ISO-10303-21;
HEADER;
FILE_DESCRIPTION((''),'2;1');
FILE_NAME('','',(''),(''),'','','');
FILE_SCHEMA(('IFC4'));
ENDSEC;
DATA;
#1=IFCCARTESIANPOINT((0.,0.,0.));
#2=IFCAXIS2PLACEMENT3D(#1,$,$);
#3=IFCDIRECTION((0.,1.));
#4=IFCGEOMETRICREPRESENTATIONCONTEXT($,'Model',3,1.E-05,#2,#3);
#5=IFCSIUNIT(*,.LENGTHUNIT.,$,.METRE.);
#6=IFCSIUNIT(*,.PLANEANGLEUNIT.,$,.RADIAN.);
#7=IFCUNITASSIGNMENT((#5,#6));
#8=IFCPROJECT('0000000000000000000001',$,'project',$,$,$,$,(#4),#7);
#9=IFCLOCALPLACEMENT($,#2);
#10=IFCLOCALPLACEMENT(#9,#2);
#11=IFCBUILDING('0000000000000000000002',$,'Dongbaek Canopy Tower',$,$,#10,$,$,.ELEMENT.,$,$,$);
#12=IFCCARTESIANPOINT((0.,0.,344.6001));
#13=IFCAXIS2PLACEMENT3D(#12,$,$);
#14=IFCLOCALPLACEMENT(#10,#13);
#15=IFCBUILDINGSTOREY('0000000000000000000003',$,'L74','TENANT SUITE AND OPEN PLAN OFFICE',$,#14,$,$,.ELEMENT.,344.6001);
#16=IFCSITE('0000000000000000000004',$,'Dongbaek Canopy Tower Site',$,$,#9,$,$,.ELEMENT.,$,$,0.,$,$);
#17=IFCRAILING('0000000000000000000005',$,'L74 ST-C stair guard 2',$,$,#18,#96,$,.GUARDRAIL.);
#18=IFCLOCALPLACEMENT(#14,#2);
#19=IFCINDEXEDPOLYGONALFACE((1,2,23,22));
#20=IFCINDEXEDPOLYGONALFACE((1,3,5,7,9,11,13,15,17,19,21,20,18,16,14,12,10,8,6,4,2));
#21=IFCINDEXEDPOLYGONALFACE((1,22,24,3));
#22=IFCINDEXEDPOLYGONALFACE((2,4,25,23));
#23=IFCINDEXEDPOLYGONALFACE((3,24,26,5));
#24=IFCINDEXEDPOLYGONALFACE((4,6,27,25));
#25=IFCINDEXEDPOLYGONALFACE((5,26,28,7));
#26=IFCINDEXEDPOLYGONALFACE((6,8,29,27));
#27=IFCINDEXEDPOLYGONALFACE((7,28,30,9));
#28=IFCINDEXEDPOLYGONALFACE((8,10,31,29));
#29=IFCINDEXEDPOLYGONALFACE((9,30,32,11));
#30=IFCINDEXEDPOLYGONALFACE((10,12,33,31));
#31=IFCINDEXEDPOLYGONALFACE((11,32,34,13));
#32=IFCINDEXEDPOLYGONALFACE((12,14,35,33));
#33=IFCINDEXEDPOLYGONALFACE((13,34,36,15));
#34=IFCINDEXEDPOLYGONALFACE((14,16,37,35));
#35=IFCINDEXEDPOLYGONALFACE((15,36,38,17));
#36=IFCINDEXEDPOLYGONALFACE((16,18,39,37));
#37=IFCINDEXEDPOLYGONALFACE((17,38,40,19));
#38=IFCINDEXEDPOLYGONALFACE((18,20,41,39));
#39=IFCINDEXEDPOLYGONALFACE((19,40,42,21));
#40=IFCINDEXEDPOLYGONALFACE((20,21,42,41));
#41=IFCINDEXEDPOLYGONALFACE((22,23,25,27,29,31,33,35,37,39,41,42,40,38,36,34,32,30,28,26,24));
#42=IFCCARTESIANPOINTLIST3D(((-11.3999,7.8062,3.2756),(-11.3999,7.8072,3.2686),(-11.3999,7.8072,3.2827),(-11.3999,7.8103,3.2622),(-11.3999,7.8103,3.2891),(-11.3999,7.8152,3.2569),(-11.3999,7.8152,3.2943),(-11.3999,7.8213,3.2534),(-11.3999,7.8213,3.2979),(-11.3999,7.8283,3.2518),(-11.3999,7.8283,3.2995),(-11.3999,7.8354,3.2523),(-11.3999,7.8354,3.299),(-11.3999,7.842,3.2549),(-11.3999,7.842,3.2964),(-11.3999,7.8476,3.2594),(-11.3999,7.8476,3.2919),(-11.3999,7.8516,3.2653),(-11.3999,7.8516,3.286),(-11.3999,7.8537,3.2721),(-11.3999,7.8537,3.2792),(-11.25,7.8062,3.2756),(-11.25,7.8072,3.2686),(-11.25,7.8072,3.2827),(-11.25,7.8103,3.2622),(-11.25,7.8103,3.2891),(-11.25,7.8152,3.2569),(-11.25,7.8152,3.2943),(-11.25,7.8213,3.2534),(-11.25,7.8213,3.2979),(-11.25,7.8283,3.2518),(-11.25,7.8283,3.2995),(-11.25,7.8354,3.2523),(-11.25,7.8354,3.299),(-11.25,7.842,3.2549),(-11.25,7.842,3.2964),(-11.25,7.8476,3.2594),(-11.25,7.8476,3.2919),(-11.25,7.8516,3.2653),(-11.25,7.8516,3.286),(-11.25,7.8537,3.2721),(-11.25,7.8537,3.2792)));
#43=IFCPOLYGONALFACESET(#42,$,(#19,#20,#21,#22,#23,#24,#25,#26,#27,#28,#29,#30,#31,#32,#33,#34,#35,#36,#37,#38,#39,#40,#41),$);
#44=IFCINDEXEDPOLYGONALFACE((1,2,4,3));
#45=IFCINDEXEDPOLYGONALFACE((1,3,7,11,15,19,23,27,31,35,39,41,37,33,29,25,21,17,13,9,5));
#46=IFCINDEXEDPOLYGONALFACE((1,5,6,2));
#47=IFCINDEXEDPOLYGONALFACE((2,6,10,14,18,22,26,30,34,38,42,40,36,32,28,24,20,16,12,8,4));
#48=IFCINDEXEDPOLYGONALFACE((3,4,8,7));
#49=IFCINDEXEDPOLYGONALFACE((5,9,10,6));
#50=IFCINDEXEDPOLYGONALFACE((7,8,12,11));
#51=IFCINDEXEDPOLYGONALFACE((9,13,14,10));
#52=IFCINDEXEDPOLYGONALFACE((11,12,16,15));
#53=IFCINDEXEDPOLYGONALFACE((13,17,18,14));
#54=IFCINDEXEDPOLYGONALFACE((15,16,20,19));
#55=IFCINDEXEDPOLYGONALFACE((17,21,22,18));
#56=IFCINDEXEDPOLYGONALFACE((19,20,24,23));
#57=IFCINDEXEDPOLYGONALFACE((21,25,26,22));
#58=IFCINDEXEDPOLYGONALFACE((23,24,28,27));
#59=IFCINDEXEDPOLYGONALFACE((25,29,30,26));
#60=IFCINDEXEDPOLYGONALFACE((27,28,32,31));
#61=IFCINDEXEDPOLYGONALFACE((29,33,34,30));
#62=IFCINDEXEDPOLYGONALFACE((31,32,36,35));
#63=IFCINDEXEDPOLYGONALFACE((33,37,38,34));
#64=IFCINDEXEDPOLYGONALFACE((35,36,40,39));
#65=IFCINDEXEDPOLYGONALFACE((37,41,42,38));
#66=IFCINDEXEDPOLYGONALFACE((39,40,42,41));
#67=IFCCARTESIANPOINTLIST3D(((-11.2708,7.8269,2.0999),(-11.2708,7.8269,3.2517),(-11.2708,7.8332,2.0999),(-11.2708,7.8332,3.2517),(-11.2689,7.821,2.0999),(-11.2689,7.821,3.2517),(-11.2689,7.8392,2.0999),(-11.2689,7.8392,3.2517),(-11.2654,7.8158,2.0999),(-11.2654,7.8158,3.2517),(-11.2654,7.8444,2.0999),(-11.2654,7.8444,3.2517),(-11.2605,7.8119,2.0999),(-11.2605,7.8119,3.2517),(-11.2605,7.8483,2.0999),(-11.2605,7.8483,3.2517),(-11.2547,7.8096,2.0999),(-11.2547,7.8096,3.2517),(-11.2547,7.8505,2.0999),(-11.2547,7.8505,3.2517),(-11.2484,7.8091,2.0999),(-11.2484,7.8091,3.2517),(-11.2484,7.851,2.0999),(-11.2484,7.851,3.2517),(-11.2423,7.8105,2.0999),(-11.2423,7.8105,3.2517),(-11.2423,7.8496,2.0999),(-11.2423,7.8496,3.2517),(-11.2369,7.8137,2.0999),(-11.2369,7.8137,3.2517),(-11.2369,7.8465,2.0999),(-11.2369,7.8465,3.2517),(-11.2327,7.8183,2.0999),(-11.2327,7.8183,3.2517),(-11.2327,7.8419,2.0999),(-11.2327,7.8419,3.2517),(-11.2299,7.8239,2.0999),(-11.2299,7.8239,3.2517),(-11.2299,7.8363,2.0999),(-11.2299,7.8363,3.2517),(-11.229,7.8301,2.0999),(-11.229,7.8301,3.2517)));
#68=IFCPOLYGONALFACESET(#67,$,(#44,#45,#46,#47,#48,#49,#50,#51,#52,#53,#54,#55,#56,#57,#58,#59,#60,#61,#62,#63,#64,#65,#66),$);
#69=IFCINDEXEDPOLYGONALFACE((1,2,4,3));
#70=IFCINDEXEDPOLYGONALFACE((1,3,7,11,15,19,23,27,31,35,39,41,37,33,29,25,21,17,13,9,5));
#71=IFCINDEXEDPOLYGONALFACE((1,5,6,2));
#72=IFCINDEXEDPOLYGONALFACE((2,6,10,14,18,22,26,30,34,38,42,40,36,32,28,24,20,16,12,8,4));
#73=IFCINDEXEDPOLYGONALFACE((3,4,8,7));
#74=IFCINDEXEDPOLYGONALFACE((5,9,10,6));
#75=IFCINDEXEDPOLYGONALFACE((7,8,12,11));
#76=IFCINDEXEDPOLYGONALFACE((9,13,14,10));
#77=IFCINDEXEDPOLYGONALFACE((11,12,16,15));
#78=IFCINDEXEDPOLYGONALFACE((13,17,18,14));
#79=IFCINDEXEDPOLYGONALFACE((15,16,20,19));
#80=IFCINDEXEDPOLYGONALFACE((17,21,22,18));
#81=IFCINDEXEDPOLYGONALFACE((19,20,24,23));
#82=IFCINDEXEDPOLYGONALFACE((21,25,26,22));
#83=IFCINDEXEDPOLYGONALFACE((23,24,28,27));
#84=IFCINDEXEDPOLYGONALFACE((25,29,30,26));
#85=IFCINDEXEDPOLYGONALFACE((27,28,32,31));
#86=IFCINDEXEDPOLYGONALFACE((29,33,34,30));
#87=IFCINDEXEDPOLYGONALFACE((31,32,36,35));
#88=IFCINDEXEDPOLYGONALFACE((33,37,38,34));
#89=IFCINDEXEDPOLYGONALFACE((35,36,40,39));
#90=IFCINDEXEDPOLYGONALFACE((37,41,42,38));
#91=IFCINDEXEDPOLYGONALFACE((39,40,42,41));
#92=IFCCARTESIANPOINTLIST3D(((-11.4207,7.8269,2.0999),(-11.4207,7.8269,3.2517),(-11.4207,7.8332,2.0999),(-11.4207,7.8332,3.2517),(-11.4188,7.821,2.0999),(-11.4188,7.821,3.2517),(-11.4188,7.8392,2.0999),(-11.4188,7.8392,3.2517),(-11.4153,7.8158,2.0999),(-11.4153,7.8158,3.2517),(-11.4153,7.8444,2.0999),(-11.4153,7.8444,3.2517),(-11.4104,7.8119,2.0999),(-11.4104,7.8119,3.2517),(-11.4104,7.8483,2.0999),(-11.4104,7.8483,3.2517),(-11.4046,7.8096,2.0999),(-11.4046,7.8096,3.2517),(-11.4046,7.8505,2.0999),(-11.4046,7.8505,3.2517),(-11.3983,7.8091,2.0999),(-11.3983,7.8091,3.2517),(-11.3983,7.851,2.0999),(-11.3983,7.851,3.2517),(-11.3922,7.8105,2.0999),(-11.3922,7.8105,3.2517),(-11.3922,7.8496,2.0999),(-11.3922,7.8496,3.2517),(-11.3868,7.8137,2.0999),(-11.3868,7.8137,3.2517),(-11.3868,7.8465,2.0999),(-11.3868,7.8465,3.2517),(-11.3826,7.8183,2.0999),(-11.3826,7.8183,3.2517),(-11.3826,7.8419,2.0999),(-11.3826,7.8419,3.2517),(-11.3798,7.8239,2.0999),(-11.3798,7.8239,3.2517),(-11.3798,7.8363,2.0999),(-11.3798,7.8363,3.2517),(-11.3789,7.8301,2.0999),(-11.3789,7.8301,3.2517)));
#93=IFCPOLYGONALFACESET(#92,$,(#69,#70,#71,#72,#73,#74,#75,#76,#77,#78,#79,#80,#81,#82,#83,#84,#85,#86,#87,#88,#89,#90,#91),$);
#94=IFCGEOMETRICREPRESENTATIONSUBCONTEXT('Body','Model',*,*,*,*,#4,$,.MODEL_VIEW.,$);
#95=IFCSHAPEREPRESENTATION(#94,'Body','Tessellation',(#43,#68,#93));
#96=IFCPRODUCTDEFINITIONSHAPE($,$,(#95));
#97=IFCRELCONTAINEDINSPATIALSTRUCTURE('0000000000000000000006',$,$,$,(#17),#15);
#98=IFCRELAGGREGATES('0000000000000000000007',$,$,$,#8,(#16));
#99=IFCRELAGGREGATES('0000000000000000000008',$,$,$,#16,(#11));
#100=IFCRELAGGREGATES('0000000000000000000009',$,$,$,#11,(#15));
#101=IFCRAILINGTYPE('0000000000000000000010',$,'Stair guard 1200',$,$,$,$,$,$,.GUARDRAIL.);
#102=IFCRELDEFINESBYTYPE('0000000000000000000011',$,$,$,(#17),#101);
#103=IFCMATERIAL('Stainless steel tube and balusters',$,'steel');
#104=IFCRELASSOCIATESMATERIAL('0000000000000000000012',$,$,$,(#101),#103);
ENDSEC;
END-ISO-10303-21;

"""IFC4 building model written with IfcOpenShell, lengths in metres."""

from ifc_helpers import new_model, si_unit, direction, frame, origin, origin_2d, place, context, subcontext, project, spatial, circle, extrude, material, type_object, element, save


model = new_model("IFC4")

# Units and contexts
model_context = context("Model", 3, precision=1e-05, world=origin(), true_north=direction((0.0, 1.0)))
body_context = subcontext(model_context, "Body", "Model", "MODEL_VIEW")
ifc_project = project(units=[si_unit("LENGTHUNIT", "METRE"), si_unit("PLANEANGLEUNIT", "RADIAN")], contexts=[model_context])

# Site, building, storey
site_placement = place(None, origin())
site = spatial("IfcSite", under=ifc_project, at=site_placement, Name="Dongbaek Canopy Tower Site", CompositionType="ELEMENT", RefElevation=0.0)
building_placement = place(site_placement, origin())
building = spatial("IfcBuilding", under=site, at=building_placement, Name="Dongbaek Canopy Tower", CompositionType="ELEMENT")
storey_placement = place(building_placement, frame((0.0, 0.0, 344.6001)))
storey = spatial("IfcBuildingStorey", under=building, at=storey_placement, Name="L74", Description="TENANT SUITE AND OPEN PLAN OFFICE", CompositionType="ELEMENT", Elevation=344.6001)

# Railing
ifc_material_1 = material(Name="Stainless steel tube and balusters", Category="steel")
railing_type_1 = type_object("IfcRailingType", Name="Stair guard 1200", PredefinedType="GUARDRAIL", material=ifc_material_1)
railing_1_placement = place(storey_placement, frame((-11.25, 7.8301, 2.0999)))
element("IfcRailing", 1, at=railing_1_placement, inside=storey, type_object=railing_type_1, Name="L74 ST-C stair guard 2", PredefinedType="GUARDRAIL", context=body_context, shape_type="SweptSolid", body=[
    extrude(circle(Radius=0.0239, at=origin_2d()), frame((0.0, 0.0, 1.1758), z_axis=(-1.0, 0.0, 0.0), x_axis=(0.0, -1.0, 0.0)), (0.0, 0.0, 1.0), 0.1499),
    extrude(circle(Radius=0.021, at=origin_2d()), origin(), (0.0, 0.0, 1.0), 1.1519),
    extrude(circle(Radius=0.021, at=origin_2d()), frame((-0.1499, 0.0, 0.0)), (0.0, 0.0, 1.0), 1.1519),
])

save(model, "model.ifc")
